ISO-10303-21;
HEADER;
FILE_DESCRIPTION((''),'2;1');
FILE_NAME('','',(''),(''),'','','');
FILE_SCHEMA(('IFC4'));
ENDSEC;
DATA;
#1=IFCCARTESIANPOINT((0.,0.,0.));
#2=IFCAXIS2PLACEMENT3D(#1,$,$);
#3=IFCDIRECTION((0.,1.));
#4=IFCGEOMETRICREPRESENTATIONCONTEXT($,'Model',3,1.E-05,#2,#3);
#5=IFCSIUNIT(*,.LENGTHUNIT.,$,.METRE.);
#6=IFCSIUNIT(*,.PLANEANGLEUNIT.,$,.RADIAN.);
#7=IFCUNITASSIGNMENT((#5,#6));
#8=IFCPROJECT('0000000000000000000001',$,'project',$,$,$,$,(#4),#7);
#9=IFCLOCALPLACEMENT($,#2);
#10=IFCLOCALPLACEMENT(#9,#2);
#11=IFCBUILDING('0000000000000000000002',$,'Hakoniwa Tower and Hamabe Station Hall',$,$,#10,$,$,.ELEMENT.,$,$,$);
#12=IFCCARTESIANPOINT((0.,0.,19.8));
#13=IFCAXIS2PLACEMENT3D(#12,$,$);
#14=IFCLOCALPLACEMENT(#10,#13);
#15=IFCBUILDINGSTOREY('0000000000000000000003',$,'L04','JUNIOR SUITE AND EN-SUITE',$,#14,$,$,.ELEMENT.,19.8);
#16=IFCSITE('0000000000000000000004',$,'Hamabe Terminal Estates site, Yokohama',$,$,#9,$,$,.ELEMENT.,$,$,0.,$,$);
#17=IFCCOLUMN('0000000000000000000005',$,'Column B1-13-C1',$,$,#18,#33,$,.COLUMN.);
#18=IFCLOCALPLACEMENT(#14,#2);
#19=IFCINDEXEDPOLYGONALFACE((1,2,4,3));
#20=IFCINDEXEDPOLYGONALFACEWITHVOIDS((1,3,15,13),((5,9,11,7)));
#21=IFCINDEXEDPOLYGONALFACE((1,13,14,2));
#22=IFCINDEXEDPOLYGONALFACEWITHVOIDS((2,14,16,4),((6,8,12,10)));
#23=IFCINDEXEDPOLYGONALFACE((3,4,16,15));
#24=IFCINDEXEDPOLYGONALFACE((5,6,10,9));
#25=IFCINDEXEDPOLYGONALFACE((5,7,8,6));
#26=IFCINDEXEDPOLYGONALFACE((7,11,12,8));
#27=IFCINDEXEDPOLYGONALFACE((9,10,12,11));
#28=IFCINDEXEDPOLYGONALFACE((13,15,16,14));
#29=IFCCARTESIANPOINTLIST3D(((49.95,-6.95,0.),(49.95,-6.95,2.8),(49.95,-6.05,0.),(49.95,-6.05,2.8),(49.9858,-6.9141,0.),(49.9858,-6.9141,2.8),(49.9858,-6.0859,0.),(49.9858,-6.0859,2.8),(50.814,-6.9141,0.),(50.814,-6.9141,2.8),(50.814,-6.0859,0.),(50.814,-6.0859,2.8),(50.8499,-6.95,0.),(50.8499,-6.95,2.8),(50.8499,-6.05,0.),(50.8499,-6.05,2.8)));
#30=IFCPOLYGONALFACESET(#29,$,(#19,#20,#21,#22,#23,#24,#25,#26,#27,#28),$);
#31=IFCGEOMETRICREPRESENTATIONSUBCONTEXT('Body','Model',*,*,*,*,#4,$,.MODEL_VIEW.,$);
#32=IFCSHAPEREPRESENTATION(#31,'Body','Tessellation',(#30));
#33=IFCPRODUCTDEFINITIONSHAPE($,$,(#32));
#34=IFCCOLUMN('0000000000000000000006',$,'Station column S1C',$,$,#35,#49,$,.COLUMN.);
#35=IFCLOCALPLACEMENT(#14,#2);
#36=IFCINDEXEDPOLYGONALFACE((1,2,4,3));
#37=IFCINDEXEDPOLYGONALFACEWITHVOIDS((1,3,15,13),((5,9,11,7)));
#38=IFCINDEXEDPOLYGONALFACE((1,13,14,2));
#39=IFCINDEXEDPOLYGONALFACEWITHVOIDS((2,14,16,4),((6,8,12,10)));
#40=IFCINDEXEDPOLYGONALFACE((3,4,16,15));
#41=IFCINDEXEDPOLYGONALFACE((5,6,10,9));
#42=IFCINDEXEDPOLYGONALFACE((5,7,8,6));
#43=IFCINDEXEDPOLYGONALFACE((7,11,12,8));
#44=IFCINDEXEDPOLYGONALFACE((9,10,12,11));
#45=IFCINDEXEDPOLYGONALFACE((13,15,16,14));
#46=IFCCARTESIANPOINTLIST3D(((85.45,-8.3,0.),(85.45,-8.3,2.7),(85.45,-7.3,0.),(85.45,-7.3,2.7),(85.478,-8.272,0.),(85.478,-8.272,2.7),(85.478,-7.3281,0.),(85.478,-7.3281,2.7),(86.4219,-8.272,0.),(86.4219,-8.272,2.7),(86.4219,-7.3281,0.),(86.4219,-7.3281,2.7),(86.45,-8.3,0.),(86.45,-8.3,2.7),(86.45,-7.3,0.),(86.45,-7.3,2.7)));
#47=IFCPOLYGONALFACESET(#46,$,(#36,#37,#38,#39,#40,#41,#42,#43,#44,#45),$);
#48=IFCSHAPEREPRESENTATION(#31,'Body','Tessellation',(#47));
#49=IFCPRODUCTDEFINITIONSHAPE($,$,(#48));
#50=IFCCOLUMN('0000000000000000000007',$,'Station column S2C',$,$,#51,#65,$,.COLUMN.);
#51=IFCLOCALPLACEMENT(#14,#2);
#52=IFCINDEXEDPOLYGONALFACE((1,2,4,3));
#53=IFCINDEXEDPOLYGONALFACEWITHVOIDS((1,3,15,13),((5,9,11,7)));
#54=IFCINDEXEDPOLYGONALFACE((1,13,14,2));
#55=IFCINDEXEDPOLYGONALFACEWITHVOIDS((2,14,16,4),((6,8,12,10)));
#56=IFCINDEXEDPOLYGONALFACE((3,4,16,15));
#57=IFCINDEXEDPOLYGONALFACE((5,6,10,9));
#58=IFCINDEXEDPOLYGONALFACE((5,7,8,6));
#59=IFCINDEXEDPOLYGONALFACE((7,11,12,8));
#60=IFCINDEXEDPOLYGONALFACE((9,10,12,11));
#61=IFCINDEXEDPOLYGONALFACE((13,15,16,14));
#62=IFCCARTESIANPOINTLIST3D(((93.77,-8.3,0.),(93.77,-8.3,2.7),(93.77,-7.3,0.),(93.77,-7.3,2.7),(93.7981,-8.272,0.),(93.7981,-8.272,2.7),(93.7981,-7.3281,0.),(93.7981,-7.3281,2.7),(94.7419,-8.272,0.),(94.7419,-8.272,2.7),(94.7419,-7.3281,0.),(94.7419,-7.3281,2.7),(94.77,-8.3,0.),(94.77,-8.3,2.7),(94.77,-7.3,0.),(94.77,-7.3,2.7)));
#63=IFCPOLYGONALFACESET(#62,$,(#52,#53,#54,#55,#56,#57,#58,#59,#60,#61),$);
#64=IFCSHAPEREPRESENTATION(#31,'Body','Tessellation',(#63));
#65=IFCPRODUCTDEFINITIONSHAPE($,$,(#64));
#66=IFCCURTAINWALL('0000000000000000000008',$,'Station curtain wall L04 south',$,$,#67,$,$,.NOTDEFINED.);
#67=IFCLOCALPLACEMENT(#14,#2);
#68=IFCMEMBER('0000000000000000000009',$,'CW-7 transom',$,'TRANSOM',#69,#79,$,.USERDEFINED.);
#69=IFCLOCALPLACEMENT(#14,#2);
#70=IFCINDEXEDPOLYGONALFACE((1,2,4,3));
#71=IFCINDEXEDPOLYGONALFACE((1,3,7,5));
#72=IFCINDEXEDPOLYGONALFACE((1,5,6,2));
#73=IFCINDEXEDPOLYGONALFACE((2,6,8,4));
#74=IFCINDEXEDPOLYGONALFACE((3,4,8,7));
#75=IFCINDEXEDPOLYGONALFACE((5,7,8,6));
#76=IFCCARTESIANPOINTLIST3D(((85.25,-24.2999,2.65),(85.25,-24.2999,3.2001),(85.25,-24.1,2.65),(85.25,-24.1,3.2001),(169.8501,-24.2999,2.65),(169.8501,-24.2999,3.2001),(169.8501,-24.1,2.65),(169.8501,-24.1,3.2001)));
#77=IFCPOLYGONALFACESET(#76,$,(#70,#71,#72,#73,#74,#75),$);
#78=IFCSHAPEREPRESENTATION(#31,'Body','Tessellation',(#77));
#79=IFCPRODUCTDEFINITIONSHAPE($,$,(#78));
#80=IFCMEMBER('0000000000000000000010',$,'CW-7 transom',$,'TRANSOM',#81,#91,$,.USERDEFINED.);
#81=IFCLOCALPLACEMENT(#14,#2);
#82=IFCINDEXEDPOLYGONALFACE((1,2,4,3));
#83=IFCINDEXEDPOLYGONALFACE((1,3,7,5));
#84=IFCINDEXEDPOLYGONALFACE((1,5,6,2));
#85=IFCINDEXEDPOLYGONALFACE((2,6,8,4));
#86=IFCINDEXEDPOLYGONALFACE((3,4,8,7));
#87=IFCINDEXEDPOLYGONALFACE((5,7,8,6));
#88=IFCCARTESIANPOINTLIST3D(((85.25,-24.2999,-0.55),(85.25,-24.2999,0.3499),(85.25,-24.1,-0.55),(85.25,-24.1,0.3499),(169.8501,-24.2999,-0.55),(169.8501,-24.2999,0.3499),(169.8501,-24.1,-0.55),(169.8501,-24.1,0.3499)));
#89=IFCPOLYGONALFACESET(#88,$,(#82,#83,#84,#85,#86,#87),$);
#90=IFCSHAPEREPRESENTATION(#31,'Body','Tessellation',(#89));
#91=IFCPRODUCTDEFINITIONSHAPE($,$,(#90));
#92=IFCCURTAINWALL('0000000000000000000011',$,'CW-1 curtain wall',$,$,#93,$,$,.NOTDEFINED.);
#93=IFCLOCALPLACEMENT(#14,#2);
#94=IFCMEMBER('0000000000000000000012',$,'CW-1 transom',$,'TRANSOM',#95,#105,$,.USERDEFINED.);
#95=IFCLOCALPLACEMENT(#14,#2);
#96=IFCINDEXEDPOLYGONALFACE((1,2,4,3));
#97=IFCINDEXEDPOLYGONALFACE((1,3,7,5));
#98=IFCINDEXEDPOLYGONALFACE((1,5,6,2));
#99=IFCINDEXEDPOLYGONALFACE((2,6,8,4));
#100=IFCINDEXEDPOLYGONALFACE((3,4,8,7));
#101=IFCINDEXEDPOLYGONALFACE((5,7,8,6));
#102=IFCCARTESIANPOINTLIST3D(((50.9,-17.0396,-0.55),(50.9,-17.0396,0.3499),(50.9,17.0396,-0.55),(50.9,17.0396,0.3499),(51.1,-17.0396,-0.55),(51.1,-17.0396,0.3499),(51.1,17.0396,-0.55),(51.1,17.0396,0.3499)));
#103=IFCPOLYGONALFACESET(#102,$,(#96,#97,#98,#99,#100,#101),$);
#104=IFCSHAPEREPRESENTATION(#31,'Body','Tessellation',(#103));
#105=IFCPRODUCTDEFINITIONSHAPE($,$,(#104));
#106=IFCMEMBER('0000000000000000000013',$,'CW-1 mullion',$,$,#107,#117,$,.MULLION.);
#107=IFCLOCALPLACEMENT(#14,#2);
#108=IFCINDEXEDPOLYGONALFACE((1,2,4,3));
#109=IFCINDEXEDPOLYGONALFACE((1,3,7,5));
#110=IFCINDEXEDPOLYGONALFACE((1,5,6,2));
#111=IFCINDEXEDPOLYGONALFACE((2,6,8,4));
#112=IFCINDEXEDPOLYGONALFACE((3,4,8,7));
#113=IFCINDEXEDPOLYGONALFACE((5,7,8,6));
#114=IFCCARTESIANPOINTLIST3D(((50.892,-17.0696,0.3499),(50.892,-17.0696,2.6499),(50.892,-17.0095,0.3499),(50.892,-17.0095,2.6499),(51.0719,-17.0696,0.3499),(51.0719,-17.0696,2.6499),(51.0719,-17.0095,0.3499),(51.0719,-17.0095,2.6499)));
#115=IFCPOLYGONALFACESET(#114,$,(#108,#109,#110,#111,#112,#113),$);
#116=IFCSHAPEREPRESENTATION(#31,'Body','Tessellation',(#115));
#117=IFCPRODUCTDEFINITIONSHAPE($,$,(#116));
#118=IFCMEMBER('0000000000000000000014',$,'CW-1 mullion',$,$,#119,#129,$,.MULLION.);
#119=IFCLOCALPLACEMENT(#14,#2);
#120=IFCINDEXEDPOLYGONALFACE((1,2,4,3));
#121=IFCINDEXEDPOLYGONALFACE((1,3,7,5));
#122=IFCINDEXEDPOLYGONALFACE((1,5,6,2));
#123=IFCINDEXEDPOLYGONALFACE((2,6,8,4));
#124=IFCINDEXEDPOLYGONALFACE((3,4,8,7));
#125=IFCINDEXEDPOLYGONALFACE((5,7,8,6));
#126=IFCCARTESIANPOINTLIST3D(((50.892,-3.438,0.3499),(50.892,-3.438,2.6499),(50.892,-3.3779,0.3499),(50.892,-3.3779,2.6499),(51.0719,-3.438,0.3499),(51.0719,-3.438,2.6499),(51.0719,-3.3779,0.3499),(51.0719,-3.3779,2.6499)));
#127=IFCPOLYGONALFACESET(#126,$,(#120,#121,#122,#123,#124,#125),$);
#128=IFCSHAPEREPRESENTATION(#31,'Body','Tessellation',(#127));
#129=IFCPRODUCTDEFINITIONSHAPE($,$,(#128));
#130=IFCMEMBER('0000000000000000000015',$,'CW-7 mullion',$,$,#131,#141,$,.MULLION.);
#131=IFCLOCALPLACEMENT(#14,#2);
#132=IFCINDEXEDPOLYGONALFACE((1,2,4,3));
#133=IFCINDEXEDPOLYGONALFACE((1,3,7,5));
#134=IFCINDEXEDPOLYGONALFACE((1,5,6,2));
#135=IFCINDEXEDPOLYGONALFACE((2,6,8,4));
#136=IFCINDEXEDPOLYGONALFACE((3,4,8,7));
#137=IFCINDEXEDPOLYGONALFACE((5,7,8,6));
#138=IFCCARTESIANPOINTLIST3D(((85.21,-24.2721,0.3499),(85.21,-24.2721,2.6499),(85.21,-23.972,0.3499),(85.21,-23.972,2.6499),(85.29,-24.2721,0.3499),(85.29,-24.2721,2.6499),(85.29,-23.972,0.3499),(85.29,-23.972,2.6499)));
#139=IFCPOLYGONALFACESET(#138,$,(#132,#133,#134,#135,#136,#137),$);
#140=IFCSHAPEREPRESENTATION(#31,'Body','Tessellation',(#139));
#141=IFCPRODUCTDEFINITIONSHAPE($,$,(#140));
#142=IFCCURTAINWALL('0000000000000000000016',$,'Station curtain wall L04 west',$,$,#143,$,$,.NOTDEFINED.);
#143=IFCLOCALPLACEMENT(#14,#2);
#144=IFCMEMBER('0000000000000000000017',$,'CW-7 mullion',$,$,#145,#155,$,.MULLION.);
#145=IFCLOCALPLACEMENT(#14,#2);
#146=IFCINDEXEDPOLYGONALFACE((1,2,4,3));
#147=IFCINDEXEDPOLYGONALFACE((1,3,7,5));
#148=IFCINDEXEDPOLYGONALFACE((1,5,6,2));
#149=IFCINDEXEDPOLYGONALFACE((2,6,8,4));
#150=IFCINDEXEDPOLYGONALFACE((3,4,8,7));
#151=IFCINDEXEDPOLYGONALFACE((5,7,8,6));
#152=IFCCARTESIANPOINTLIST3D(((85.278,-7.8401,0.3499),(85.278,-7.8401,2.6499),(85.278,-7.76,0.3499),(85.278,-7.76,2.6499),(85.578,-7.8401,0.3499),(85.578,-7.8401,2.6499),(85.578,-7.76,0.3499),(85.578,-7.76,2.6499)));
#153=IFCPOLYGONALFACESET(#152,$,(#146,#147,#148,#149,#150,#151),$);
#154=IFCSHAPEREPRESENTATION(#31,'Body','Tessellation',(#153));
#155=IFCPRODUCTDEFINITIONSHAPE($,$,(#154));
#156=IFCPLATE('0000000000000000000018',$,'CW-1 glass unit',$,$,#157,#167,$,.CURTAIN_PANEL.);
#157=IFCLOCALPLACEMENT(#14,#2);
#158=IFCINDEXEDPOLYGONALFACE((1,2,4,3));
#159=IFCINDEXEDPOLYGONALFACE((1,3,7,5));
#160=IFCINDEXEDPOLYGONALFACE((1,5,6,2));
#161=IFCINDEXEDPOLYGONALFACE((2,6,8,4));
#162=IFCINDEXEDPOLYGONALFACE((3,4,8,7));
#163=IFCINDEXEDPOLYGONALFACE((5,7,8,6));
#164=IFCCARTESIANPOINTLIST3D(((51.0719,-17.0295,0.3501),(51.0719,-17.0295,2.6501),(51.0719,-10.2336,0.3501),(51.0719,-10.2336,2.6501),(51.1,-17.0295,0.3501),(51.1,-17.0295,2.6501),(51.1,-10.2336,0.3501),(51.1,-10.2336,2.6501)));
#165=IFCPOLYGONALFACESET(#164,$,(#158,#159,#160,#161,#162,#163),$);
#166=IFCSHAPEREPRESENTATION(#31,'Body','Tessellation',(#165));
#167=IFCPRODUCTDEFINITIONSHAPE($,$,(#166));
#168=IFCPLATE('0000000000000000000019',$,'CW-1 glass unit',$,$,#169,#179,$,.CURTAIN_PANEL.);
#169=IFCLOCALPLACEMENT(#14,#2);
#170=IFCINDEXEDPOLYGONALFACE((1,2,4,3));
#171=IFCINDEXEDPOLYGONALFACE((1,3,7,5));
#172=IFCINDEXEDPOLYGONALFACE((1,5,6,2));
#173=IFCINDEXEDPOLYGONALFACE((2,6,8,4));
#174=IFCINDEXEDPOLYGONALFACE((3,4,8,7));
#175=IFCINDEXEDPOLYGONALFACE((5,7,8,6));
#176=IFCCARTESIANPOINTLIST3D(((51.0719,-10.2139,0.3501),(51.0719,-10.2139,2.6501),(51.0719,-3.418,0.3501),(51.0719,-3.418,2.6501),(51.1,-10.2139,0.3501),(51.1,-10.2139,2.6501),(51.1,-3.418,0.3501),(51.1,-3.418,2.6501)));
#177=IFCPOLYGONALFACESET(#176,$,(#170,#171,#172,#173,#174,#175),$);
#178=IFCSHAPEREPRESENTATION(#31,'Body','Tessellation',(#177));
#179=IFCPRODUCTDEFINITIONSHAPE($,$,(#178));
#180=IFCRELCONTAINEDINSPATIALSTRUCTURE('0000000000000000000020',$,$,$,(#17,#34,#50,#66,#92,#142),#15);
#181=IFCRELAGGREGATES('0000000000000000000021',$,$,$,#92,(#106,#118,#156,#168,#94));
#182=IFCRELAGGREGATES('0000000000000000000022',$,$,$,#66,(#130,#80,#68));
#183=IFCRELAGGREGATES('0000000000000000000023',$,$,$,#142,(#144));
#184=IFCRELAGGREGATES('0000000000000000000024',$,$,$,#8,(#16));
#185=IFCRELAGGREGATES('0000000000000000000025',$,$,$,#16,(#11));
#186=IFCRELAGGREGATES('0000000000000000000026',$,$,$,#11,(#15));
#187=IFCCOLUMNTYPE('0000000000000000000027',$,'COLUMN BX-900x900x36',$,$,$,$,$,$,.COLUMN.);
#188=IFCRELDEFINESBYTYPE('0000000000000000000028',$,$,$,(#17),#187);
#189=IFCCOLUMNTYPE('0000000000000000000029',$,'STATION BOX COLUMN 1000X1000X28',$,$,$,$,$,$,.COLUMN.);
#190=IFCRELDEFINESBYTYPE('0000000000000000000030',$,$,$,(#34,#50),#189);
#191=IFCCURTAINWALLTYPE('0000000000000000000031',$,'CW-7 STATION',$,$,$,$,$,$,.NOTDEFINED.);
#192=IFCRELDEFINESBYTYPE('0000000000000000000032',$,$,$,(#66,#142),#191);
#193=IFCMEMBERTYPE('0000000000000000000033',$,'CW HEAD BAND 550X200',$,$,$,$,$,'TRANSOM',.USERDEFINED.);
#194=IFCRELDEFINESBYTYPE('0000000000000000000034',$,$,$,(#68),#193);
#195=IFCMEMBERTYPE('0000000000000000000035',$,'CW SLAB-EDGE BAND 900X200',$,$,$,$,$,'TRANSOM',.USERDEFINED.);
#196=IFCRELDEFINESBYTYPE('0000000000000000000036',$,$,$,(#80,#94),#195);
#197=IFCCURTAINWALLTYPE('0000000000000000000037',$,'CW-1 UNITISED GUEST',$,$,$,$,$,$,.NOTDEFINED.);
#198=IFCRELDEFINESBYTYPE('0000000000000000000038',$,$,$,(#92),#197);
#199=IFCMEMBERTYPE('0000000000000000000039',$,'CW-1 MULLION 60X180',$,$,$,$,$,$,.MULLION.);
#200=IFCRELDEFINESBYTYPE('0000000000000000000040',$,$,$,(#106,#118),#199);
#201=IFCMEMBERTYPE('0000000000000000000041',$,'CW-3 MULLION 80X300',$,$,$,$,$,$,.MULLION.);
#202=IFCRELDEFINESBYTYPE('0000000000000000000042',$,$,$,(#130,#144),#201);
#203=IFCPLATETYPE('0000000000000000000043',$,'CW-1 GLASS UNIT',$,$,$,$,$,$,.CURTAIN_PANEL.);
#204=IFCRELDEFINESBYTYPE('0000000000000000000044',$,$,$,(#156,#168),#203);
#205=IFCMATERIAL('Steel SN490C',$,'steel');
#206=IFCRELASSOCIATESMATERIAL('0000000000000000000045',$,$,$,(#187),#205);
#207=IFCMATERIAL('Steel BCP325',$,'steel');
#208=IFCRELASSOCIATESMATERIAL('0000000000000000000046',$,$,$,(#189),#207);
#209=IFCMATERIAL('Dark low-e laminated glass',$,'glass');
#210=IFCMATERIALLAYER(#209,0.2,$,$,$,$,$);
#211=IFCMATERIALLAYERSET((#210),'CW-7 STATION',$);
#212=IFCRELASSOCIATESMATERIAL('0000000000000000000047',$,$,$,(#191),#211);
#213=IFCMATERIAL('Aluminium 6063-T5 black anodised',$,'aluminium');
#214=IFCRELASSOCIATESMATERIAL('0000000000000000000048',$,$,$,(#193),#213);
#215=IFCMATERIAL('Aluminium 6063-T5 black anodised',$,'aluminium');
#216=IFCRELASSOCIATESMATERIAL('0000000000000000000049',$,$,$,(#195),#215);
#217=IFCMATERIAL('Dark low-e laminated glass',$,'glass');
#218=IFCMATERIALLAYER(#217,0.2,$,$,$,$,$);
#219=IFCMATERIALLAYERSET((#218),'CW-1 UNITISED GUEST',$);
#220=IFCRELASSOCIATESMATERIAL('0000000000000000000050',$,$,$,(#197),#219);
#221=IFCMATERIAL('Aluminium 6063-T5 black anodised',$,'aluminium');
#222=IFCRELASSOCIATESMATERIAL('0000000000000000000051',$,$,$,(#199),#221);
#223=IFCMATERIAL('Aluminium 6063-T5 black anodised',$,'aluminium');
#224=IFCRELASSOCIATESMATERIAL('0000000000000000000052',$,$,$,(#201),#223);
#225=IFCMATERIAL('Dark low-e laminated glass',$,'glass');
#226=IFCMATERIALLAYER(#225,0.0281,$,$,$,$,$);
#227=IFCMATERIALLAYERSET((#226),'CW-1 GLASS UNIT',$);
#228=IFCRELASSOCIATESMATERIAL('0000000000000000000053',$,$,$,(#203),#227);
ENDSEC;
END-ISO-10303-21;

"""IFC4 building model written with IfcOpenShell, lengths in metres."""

from ifc_helpers import new_model, si_unit, direction, frame, origin, origin_2d, place, context, subcontext, project, spatial, rectangle, hollow_rectangle, extrude, material, layer, layer_set, material_profile, profile_set, type_object, element, aggregate, save


model = new_model("IFC4")

# Units and contexts
model_context = context("Model", 3, precision=1e-05, world=origin(), true_north=direction((0.0, 1.0)))
body_context = subcontext(model_context, "Body", "Model", "MODEL_VIEW")
ifc_project = project(units=[si_unit("LENGTHUNIT", "METRE"), si_unit("PLANEANGLEUNIT", "RADIAN")], contexts=[model_context])

# Site, building, storey
site_placement = place(None, origin())
site = spatial("IfcSite", under=ifc_project, at=site_placement, Name="Hamabe Terminal Estates site, Yokohama", CompositionType="ELEMENT", RefElevation=0.0)
building_placement = place(site_placement, origin())
building = spatial("IfcBuilding", under=site, at=building_placement, Name="Hakoniwa Tower and Hamabe Station Hall", CompositionType="ELEMENT")
storey_placement = place(building_placement, frame((0.0, 0.0, 19.8)))
storey = spatial("IfcBuildingStorey", under=building, at=storey_placement, Name="L04", Description="JUNIOR SUITE AND EN-SUITE", CompositionType="ELEMENT", Elevation=19.8)

# Columns
ifc_material_1 = material(Name="Steel SN490C", Category="steel")
ifc_material_profile_1 = material_profile(ifc_material_1, hollow_rectangle(XDim=0.8999, YDim=0.8999, WallThickness=0.0359, at=origin_2d()), Name="BX-900x900x36")
ifc_profile_set_1 = profile_set([ifc_material_profile_1], Name="Steel SN490C")
column_type_1 = type_object("IfcColumnType", Name="COLUMN BX-900x900x36", PredefinedType="COLUMN", material=ifc_profile_set_1)
column_placement = place(storey_placement, frame((50.3999, -6.5, 0.0), z_axis=(0.0, 0.0, 1.0), x_axis=(1.0, 0.0, 0.0)))
element("IfcColumn", 1, at=column_placement, inside=storey, type_object=column_type_1, Name="Column B1-13-C1", PredefinedType="COLUMN", context=body_context, shape_type="SweptSolid", body=[
    extrude(hollow_rectangle(XDim=0.8999, YDim=0.8999, WallThickness=0.0359, at=origin_2d()), origin(), (0.0, 0.0, 1.0), 2.8),
])
ifc_material_2 = material(Name="Steel BCP325", Category="steel")
ifc_material_profile_2 = material_profile(ifc_material_2, hollow_rectangle(XDim=1.0, YDim=1.0, WallThickness=0.0281, at=origin_2d()), Name="STATION BOX COLUMN 1000X1000X28")
ifc_profile_set_2 = profile_set([ifc_material_profile_2], Name="Steel BCP325")
column_type_2 = type_object("IfcColumnType", Name="STATION BOX COLUMN 1000X1000X28", PredefinedType="COLUMN", material=ifc_profile_set_2)
for number, where, z_axis, x_axis, name in (
    (2, (85.95, -7.8, 0.0), (0.0, 0.0, 1.0), (1.0, 0.0, 0.0), "Station column S1C"),
    (3, (94.27, -7.8, 0.0), (0.0, 0.0, 1.0), (1.0, 0.0, 0.0), "Station column S2C"),
):
    element("IfcColumn", number, at=place(storey_placement, frame(where, z_axis=z_axis, x_axis=x_axis)), inside=storey, type_object=column_type_2, Name=name, PredefinedType="COLUMN", context=body_context, shape_type="SweptSolid", body=[
        extrude(hollow_rectangle(XDim=1.0, YDim=1.0, WallThickness=0.0281, at=origin_2d()), origin(), (0.0, 0.0, 1.0), 2.7),
    ])

# Curtain walls, members
ifc_material_3 = material(Name="Dark low-e laminated glass", Category="glass")
ifc_layer_1 = layer(ifc_material_3, 0.2)
ifc_layer_set_1 = layer_set([ifc_layer_1], Name="CW-7 STATION")
curtain_wall_type_1 = type_object("IfcCurtainWallType", Name="CW-7 STATION", PredefinedType="NOTDEFINED", material=ifc_layer_set_1)
curtain_wall_1_placement = place(storey_placement, origin())
curtain_wall_1 = element("IfcCurtainWall", 4, at=curtain_wall_1_placement, inside=storey, type_object=curtain_wall_type_1, Name="Station curtain wall L04 south", PredefinedType="NOTDEFINED")
ifc_material_4 = material(Name="Aluminium 6063-T5 black anodised", Category="aluminium")
ifc_material_profile_3 = material_profile(ifc_material_4, rectangle(XDim=0.2, YDim=0.55, at=origin_2d()), Name="CW HEAD BAND 550X200")
ifc_profile_set_3 = profile_set([ifc_material_profile_3], Name="Aluminium 6063-T5 black anodised")
member_type_1 = type_object("IfcMemberType", Name="CW HEAD BAND 550X200", ElementType="TRANSOM", PredefinedType="USERDEFINED", material=ifc_profile_set_3)
member_1_placement = place(storey_placement, frame((85.25, -24.2, 2.925), z_axis=(1.0, 0.0, 0.0), x_axis=(0.0, 1.0, 0.0)))
member_1 = element("IfcMember", 5, at=member_1_placement, type_object=member_type_1, Name="CW-7 transom", ObjectType="TRANSOM", PredefinedType="USERDEFINED", context=body_context, shape_type="SweptSolid", body=[
    extrude(rectangle(XDim=0.2, YDim=0.55, at=origin_2d()), origin(), (0.0, 0.0, 1.0), 84.6001),
])
ifc_material_5 = material(Name="Aluminium 6063-T5 black anodised", Category="aluminium")
ifc_material_profile_4 = material_profile(ifc_material_5, rectangle(XDim=0.2, YDim=0.8999, at=origin_2d()), Name="CW SLAB-EDGE BAND 900X200")
ifc_profile_set_4 = profile_set([ifc_material_profile_4], Name="Aluminium 6063-T5 black anodised")
member_type_2 = type_object("IfcMemberType", Name="CW SLAB-EDGE BAND 900X200", ElementType="TRANSOM", PredefinedType="USERDEFINED", material=ifc_profile_set_4)
member_2_placement = place(storey_placement, frame((85.25, -24.2, -0.1001), z_axis=(1.0, 0.0, 0.0), x_axis=(0.0, 1.0, 0.0)))
member_2 = element("IfcMember", 6, at=member_2_placement, type_object=member_type_2, Name="CW-7 transom", ObjectType="TRANSOM", PredefinedType="USERDEFINED", context=body_context, shape_type="SweptSolid", body=[
    extrude(rectangle(XDim=0.2, YDim=0.8999, at=origin_2d()), origin(), (0.0, 0.0, 1.0), 84.6001),
])
ifc_material_6 = material(Name="Dark low-e laminated glass", Category="glass")
ifc_layer_2 = layer(ifc_material_6, 0.2)
ifc_layer_set_2 = layer_set([ifc_layer_2], Name="CW-1 UNITISED GUEST")
curtain_wall_type_2 = type_object("IfcCurtainWallType", Name="CW-1 UNITISED GUEST", PredefinedType="NOTDEFINED", material=ifc_layer_set_2)
curtain_wall_2_placement = place(storey_placement, origin())
curtain_wall_2 = element("IfcCurtainWall", 7, at=curtain_wall_2_placement, inside=storey, type_object=curtain_wall_type_2, Name="CW-1 curtain wall", PredefinedType="NOTDEFINED")
member_3_placement = place(storey_placement, frame((51.0, -17.0396, -0.1001), z_axis=(0.0, 1.0, 0.0), x_axis=(-1.0, 0.0, 0.0)))
member_3 = element("IfcMember", 8, at=member_3_placement, type_object=member_type_2, Name="CW-1 transom", ObjectType="TRANSOM", PredefinedType="USERDEFINED", context=body_context, shape_type="SweptSolid", body=[
    extrude(rectangle(XDim=0.2, YDim=0.8999, at=origin_2d()), origin(), (0.0, 0.0, 1.0), 34.0791),
])
ifc_material_7 = material(Name="Aluminium 6063-T5 black anodised", Category="aluminium")
ifc_material_profile_5 = material_profile(ifc_material_7, rectangle(XDim=0.0601, YDim=0.1799, at=origin_2d()), Name="CW-1 MULLION 60X180")
ifc_profile_set_5 = profile_set([ifc_material_profile_5], Name="Aluminium 6063-T5 black anodised")
member_type_3 = type_object("IfcMemberType", Name="CW-1 MULLION 60X180", PredefinedType="MULLION", material=ifc_profile_set_5)
member_4_placement = place(storey_placement, frame((50.9819, -17.0396, 0.3499), z_axis=(0.0, 0.0, 1.0), x_axis=(0.0, 1.0, 0.0)))
member_4 = element("IfcMember", 9, at=member_4_placement, type_object=member_type_3, Name="CW-1 mullion", PredefinedType="MULLION", context=body_context, shape_type="SweptSolid", body=[
    extrude(rectangle(XDim=0.0601, YDim=0.1799, at=origin_2d()), origin(), (0.0, 0.0, 1.0), 2.3),
])
member_5_placement = place(storey_placement, frame((50.9819, -3.408, 0.3499), z_axis=(0.0, 0.0, 1.0), x_axis=(0.0, 1.0, 0.0)))
member_5 = element("IfcMember", 10, at=member_5_placement, type_object=member_type_3, Name="CW-1 mullion", PredefinedType="MULLION", context=body_context, shape_type="SweptSolid", body=[
    extrude(rectangle(XDim=0.0601, YDim=0.1799, at=origin_2d()), origin(), (0.0, 0.0, 1.0), 2.3),
])

# Member
ifc_material_8 = material(Name="Aluminium 6063-T5 black anodised", Category="aluminium")
ifc_material_profile_6 = material_profile(ifc_material_8, rectangle(XDim=0.0801, YDim=0.3, at=origin_2d()), Name="CW-3 MULLION 80X300")
ifc_profile_set_6 = profile_set([ifc_material_profile_6], Name="Aluminium 6063-T5 black anodised")
member_type_4 = type_object("IfcMemberType", Name="CW-3 MULLION 80X300", PredefinedType="MULLION", material=ifc_profile_set_6)
member_6_placement = place(storey_placement, frame((85.25, -24.1221, 0.3499), z_axis=(0.0, 0.0, 1.0), x_axis=(1.0, 0.0, 0.0)))
member_6 = element("IfcMember", 11, at=member_6_placement, type_object=member_type_4, Name="CW-7 mullion", PredefinedType="MULLION", context=body_context, shape_type="SweptSolid", body=[
    extrude(rectangle(XDim=0.0801, YDim=0.3, at=origin_2d()), origin(), (0.0, 0.0, 1.0), 2.3),
])

# Curtain wall, member
curtain_wall_3_placement = place(storey_placement, origin())
curtain_wall_3 = element("IfcCurtainWall", 12, at=curtain_wall_3_placement, inside=storey, type_object=curtain_wall_type_1, Name="Station curtain wall L04 west", PredefinedType="NOTDEFINED")
member_7_placement = place(storey_placement, frame((85.428, -7.8, 0.3499), z_axis=(0.0, 0.0, 1.0), x_axis=(0.0, -1.0, 0.0)))
member_7 = element("IfcMember", 13, at=member_7_placement, type_object=member_type_4, Name="CW-7 mullion", PredefinedType="MULLION", context=body_context, shape_type="SweptSolid", body=[
    extrude(rectangle(XDim=0.0801, YDim=0.3, at=origin_2d()), origin(), (0.0, 0.0, 1.0), 2.3),
])

# Plates
ifc_material_9 = material(Name="Dark low-e laminated glass", Category="glass")
ifc_layer_3 = layer(ifc_material_9, 0.0281)
ifc_layer_set_3 = layer_set([ifc_layer_3], Name="CW-1 GLASS UNIT")
plate_type_1 = type_object("IfcPlateType", Name="CW-1 GLASS UNIT", PredefinedType="CURTAIN_PANEL", material=ifc_layer_set_3)
plate_1_placement = place(storey_placement, frame((51.0859, -13.6316, 0.3501), z_axis=(0.0, 0.0, 1.0), x_axis=(0.0, 1.0, 0.0)))
plate_1 = element("IfcPlate", 14, at=plate_1_placement, type_object=plate_type_1, Name="CW-1 glass unit", PredefinedType="CURTAIN_PANEL", context=body_context, shape_type="SweptSolid", body=[
    extrude(rectangle(XDim=6.7959, YDim=0.0281, at=origin_2d()), origin(), (0.0, 0.0, 1.0), 2.3),
])
plate_2_placement = place(storey_placement, frame((51.0859, -6.8159, 0.3501), z_axis=(0.0, 0.0, 1.0), x_axis=(0.0, 1.0, 0.0)))
plate_2 = element("IfcPlate", 15, at=plate_2_placement, type_object=plate_type_1, Name="CW-1 glass unit", PredefinedType="CURTAIN_PANEL", context=body_context, shape_type="SweptSolid", body=[
    extrude(rectangle(XDim=6.7959, YDim=0.0281, at=origin_2d()), origin(), (0.0, 0.0, 1.0), 2.3),
])
aggregate(curtain_wall_2, [member_4, member_5, plate_1, plate_2, member_3])
aggregate(curtain_wall_1, [member_6, member_2, member_1])
aggregate(curtain_wall_3, [member_7])

save(model, "model.ifc")
